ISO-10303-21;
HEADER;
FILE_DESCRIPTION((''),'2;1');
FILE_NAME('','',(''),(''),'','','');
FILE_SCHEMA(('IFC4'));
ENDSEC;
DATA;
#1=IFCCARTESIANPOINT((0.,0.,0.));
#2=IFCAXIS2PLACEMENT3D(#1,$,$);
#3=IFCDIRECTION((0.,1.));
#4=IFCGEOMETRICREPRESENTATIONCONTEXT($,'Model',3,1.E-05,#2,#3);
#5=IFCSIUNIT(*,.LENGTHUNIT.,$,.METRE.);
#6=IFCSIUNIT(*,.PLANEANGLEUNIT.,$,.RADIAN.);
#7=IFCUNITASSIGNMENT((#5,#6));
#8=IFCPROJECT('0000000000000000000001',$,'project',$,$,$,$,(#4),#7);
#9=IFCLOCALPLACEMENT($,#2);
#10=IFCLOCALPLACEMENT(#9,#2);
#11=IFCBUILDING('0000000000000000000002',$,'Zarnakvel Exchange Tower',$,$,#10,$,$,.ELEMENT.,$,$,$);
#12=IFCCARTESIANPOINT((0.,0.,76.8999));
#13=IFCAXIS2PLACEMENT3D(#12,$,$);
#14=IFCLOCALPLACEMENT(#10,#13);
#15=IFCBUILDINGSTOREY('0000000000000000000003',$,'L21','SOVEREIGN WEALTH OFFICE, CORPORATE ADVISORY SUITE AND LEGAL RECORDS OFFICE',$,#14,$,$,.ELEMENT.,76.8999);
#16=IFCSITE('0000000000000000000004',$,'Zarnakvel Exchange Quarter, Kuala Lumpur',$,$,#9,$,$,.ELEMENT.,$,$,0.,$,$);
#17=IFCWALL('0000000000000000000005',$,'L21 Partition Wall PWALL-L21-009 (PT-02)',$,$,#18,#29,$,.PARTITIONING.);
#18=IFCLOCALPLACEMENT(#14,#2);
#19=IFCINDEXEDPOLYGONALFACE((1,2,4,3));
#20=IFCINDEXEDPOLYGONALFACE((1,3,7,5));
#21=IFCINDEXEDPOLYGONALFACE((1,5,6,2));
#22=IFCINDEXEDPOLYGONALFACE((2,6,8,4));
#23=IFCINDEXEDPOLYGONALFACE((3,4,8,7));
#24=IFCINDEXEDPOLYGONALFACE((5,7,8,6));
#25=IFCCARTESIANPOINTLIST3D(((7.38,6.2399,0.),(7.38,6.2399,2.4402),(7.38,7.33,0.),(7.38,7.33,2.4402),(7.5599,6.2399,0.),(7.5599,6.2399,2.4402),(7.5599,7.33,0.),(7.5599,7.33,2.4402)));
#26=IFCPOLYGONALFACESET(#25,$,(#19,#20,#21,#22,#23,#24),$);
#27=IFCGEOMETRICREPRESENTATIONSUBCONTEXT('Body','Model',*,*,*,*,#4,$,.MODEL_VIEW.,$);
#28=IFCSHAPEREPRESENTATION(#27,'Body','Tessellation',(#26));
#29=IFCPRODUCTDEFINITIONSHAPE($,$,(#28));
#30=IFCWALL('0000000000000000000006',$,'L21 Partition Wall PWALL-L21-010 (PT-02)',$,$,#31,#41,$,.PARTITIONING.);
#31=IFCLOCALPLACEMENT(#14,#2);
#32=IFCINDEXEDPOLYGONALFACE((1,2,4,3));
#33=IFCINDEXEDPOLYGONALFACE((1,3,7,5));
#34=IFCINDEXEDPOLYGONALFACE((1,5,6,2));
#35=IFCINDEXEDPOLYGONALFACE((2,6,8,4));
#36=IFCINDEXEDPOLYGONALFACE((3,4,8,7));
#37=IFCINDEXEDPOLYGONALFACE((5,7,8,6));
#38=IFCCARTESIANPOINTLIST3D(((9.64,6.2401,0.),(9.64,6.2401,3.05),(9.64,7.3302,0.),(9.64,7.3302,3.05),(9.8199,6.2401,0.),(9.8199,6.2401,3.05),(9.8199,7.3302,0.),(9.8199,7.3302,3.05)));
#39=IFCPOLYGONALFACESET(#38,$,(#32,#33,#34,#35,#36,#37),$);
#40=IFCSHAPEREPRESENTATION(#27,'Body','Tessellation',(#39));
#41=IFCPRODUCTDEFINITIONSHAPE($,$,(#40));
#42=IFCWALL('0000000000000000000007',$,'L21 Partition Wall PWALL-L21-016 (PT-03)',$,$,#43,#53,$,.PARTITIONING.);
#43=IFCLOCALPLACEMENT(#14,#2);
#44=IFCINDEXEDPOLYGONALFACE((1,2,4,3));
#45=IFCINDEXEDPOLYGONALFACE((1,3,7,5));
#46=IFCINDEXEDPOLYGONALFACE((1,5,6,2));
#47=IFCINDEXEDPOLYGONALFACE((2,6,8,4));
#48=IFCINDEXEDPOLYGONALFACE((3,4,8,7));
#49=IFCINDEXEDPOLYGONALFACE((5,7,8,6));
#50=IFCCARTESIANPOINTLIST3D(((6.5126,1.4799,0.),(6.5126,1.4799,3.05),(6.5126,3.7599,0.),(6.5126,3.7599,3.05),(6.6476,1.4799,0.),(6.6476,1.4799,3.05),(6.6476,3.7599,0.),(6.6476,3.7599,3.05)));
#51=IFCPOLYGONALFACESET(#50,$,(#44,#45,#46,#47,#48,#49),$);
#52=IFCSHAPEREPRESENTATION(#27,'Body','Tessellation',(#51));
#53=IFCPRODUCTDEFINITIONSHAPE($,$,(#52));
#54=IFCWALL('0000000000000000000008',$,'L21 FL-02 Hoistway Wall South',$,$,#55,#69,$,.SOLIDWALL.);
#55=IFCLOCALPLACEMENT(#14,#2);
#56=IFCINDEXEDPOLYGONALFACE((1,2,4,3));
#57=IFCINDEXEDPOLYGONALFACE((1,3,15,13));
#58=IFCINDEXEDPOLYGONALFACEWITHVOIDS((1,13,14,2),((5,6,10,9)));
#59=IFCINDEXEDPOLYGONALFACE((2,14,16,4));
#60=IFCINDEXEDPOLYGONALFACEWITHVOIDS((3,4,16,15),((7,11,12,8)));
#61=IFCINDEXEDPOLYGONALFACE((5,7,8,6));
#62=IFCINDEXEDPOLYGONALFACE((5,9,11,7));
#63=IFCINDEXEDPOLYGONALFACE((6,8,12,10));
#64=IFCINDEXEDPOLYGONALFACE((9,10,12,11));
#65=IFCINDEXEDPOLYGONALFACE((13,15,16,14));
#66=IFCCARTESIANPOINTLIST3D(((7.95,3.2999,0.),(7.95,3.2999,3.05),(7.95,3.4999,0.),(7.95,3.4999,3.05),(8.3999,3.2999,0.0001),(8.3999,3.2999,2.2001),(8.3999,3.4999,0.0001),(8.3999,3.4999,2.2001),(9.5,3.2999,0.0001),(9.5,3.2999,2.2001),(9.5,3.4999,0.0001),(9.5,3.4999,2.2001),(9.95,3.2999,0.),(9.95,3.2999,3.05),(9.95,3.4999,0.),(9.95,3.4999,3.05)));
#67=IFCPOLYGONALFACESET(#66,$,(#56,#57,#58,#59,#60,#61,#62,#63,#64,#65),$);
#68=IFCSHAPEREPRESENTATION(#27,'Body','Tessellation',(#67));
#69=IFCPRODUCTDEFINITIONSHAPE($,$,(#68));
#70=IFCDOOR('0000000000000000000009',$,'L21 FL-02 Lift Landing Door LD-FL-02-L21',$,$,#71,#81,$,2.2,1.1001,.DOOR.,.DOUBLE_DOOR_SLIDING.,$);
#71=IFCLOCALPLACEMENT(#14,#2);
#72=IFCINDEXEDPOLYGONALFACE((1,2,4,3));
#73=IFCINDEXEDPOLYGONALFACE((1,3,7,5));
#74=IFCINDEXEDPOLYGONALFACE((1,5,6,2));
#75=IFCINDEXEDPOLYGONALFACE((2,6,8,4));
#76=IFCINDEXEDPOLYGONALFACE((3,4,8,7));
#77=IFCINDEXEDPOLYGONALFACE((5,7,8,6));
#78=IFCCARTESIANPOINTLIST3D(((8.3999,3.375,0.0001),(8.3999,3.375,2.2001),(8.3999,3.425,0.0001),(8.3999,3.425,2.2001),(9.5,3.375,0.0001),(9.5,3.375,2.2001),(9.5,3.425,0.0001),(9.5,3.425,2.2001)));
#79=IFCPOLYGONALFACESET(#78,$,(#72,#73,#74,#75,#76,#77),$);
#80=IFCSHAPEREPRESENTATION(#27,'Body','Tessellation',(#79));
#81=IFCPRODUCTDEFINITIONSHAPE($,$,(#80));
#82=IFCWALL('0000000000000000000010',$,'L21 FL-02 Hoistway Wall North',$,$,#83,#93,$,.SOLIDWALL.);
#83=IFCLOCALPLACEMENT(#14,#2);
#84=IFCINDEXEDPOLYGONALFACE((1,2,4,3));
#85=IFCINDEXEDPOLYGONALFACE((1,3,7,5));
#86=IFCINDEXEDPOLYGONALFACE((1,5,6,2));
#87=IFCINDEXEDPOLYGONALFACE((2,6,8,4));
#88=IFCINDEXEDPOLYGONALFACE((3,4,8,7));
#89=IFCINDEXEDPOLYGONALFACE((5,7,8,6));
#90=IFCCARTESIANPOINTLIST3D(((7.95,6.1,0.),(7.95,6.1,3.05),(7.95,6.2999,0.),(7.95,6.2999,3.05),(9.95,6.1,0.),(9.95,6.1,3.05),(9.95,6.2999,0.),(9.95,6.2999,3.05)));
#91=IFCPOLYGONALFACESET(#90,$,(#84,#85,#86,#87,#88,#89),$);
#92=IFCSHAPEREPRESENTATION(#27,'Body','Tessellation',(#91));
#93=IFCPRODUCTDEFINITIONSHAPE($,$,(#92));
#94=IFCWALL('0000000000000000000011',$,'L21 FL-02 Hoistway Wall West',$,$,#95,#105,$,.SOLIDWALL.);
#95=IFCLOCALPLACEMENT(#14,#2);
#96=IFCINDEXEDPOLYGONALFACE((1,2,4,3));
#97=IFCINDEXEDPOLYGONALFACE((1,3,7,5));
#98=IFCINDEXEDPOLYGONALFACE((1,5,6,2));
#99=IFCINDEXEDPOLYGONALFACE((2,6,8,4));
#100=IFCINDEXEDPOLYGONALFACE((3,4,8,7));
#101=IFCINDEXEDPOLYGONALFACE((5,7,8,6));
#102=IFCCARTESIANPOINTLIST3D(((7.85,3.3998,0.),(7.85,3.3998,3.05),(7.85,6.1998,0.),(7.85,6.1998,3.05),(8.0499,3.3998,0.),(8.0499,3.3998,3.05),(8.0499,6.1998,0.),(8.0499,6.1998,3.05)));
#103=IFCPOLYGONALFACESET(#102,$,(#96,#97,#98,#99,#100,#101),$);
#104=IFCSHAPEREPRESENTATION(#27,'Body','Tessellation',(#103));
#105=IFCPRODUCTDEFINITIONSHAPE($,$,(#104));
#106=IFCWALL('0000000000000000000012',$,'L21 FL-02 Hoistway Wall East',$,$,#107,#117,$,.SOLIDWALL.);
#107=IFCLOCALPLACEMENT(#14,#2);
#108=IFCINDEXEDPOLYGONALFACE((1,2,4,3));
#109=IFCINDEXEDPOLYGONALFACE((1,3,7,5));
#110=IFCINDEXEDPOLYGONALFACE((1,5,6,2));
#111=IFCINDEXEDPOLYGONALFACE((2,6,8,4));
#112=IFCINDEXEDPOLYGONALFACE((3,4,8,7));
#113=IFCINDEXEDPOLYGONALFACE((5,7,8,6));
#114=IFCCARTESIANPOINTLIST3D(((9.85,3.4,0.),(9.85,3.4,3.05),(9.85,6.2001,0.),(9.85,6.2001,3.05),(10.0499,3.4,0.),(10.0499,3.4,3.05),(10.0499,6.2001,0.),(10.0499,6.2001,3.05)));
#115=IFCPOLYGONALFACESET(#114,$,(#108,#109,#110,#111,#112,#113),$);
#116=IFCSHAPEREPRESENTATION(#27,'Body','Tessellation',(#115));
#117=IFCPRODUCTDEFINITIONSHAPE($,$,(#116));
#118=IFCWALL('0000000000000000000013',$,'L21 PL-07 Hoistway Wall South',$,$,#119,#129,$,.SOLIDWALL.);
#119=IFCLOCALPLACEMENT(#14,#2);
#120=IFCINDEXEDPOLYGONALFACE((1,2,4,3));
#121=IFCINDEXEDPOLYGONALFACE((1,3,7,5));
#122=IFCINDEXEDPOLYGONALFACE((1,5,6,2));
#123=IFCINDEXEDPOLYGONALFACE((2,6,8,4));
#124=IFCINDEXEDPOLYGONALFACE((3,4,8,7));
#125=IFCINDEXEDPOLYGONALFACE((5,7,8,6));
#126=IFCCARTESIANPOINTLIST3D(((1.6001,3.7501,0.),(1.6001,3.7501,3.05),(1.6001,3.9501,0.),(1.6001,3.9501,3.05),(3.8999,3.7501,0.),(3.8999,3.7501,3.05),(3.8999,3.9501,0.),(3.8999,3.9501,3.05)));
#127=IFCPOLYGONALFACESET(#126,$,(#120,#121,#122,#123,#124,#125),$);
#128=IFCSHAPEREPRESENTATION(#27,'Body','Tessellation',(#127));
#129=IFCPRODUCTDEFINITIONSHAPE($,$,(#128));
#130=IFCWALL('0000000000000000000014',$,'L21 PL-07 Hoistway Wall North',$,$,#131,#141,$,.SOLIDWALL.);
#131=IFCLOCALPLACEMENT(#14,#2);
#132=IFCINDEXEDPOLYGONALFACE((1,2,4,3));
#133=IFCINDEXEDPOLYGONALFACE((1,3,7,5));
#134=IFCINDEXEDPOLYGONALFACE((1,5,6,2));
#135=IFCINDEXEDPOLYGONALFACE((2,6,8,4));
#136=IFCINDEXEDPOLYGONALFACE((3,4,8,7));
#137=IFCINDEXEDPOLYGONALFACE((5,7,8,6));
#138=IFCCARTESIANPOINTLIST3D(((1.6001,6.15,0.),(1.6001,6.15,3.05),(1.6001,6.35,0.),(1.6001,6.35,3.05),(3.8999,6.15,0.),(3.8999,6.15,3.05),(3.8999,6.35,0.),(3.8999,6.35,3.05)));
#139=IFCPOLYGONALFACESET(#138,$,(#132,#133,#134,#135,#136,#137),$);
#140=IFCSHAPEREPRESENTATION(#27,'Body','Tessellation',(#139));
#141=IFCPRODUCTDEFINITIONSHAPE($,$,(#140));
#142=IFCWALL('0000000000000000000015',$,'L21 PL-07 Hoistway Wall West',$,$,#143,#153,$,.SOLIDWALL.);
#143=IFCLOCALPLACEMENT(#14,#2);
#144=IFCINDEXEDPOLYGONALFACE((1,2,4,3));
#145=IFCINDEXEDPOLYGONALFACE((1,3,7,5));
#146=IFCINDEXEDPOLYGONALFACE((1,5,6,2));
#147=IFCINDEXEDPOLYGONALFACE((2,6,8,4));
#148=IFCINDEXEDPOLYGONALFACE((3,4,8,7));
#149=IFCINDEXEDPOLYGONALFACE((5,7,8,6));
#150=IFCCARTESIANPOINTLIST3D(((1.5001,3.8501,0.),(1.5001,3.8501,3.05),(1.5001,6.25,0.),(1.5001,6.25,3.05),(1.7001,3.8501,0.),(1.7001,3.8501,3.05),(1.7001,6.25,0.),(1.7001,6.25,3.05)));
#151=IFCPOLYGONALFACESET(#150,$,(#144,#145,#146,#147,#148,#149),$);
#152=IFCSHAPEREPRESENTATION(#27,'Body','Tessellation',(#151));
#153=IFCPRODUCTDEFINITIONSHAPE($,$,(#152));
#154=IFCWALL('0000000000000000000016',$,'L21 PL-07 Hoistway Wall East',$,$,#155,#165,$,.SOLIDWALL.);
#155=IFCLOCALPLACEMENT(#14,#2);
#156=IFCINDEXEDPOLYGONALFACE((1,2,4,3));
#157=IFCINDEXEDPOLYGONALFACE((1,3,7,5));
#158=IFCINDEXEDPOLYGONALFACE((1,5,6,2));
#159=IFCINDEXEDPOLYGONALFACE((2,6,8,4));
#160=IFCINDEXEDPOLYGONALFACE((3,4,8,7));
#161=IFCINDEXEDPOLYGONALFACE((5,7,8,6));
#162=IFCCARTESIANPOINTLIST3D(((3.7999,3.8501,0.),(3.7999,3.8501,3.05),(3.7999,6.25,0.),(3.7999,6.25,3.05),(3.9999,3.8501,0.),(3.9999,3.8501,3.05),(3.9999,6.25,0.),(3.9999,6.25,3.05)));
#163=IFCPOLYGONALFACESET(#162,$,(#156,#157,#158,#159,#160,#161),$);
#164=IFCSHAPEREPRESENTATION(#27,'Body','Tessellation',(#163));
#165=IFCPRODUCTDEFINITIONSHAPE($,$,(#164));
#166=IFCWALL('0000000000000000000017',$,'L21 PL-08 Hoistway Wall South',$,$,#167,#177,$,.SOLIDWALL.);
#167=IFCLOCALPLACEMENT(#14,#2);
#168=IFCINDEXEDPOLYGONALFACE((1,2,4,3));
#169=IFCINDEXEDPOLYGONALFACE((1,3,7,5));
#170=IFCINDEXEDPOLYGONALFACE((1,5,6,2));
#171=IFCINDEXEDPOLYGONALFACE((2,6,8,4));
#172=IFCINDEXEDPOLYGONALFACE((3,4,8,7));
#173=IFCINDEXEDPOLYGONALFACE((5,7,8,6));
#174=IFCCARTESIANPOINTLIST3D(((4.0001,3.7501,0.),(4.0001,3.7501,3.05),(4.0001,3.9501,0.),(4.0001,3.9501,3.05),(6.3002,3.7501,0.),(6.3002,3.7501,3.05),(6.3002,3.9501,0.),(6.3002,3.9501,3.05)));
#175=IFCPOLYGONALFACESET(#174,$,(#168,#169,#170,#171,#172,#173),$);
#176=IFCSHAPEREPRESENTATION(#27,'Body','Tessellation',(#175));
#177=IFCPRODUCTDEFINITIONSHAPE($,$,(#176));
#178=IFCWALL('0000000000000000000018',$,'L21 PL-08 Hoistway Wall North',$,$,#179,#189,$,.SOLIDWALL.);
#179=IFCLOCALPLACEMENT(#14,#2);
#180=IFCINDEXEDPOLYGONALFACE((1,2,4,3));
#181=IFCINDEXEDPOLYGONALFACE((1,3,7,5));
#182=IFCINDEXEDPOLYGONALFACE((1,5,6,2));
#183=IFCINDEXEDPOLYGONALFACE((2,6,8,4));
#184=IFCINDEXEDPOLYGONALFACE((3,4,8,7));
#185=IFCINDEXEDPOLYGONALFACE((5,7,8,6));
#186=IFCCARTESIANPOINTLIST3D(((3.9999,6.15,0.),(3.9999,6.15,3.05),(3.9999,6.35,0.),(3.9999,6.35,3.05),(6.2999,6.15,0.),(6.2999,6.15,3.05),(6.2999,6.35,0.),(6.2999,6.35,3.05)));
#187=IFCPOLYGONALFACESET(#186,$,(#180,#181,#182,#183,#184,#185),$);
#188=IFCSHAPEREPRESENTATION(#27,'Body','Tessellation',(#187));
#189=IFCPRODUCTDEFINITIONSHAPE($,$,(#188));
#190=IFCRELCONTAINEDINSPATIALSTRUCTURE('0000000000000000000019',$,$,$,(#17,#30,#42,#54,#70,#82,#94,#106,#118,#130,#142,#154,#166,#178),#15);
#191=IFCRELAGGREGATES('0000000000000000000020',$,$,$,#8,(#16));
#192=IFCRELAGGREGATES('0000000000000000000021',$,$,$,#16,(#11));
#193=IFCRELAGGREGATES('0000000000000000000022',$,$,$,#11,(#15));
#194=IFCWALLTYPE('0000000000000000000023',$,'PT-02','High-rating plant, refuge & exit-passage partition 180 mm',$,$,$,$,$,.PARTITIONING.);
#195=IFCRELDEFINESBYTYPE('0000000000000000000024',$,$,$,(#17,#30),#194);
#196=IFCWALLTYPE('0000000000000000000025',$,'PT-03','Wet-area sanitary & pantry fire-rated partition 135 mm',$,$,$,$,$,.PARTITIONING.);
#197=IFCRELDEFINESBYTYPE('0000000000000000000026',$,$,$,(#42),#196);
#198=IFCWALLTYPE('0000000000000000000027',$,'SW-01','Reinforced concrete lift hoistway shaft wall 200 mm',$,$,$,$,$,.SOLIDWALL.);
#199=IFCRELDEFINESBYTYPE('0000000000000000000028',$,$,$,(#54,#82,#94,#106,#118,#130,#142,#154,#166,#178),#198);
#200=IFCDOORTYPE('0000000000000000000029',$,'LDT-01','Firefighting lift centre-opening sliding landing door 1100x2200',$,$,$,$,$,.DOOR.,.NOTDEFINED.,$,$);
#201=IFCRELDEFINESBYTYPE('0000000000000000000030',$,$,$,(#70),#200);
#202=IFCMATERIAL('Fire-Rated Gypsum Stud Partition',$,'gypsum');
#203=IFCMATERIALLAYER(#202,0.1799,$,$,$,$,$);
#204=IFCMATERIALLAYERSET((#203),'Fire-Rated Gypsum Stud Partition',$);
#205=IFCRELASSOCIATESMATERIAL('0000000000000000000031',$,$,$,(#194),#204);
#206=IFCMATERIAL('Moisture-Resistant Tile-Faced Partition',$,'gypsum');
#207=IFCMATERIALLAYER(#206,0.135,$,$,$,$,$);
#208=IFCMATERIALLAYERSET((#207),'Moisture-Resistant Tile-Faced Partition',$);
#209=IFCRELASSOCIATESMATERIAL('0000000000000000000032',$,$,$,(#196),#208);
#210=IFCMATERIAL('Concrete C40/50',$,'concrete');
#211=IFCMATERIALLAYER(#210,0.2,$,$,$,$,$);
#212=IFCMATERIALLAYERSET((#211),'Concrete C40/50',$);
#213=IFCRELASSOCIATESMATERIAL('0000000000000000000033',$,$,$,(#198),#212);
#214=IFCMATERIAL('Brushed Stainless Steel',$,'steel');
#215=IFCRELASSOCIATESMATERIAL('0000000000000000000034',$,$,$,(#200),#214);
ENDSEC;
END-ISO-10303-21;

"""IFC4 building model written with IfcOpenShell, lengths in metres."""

from ifc_helpers import new_model, si_unit, direction, frame, frame_2d, origin, place, context, subcontext, project, spatial, rectangle, extrude, source, transform, mapped, material, layer, layer_set, type_object, element, fill, save


model = new_model("IFC4")

# Units and contexts
model_context = context("Model", 3, precision=1e-05, world=origin(), true_north=direction((0.0, 1.0)))
body_context = subcontext(model_context, "Body", "Model", "MODEL_VIEW")
ifc_project = project(units=[si_unit("LENGTHUNIT", "METRE"), si_unit("PLANEANGLEUNIT", "RADIAN")], contexts=[model_context])

# Site, building, storey
site_placement = place(None, origin())
site = spatial("IfcSite", under=ifc_project, at=site_placement, Name="Zarnakvel Exchange Quarter, Kuala Lumpur", CompositionType="ELEMENT", RefElevation=0.0)
building_placement = place(site_placement, origin())
building = spatial("IfcBuilding", under=site, at=building_placement, Name="Zarnakvel Exchange Tower", CompositionType="ELEMENT")
storey_placement = place(building_placement, frame((0.0, 0.0, 76.8999)))
storey = spatial("IfcBuildingStorey", under=building, at=storey_placement, Name="L21", Description="SOVEREIGN WEALTH OFFICE, CORPORATE ADVISORY SUITE AND LEGAL RECORDS OFFICE", CompositionType="ELEMENT", Elevation=76.8999)

# Walls
ifc_material_1 = material(Name="Fire-Rated Gypsum Stud Partition", Category="gypsum")
ifc_layer_1 = layer(ifc_material_1, 0.1799)
ifc_layer_set_1 = layer_set([ifc_layer_1], Name="Fire-Rated Gypsum Stud Partition")
wall_type_1 = type_object("IfcWallType", Name="PT-02", Description="High-rating plant, refuge & exit-passage partition 180 mm", PredefinedType="PARTITIONING", material=ifc_layer_set_1)
wall_1_placement = place(storey_placement, frame((7.47, 6.24, 0.0), z_axis=(0.0, 0.0, 1.0), x_axis=(0.0, 1.0, 0.0)))
element("IfcWall", 1, at=wall_1_placement, inside=storey, type_object=wall_type_1, Name="L21 Partition Wall PWALL-L21-009 (PT-02)", PredefinedType="PARTITIONING", context=body_context, shape_type="SweptSolid", body=[
    extrude(rectangle(XDim=1.0901, YDim=0.1799, at=frame_2d((0.5449, 0.0))), origin(), (0.0, 0.0, 1.0), 2.4402),
])
wall_2_placement = place(storey_placement, frame((9.73, 7.3301, 0.0), z_axis=(0.0, 0.0, 1.0), x_axis=(0.0, -1.0, 0.0)))
element("IfcWall", 2, at=wall_2_placement, inside=storey, type_object=wall_type_1, Name="L21 Partition Wall PWALL-L21-010 (PT-02)", PredefinedType="PARTITIONING", context=body_context, shape_type="SweptSolid", body=[
    extrude(rectangle(XDim=1.0901, YDim=0.1799, at=frame_2d((0.5449, 0.0))), origin(), (0.0, 0.0, 1.0), 3.05),
])
ifc_material_2 = material(Name="Moisture-Resistant Tile-Faced Partition", Category="gypsum")
ifc_layer_2 = layer(ifc_material_2, 0.135)
ifc_layer_set_2 = layer_set([ifc_layer_2], Name="Moisture-Resistant Tile-Faced Partition")
wall_type_2 = type_object("IfcWallType", Name="PT-03", Description="Wet-area sanitary & pantry fire-rated partition 135 mm", PredefinedType="PARTITIONING", material=ifc_layer_set_2)
wall_3_placement = place(storey_placement, frame((6.5801, 3.76, 0.0), z_axis=(0.0, 0.0, 1.0), x_axis=(0.0, -1.0, 0.0)))
element("IfcWall", 3, at=wall_3_placement, inside=storey, type_object=wall_type_2, Name="L21 Partition Wall PWALL-L21-016 (PT-03)", PredefinedType="PARTITIONING", context=body_context, shape_type="SweptSolid", body=[
    extrude(rectangle(XDim=2.28, YDim=0.135, at=frame_2d((1.1401, 0.0))), origin(), (0.0, 0.0, 1.0), 3.05),
])

# Wall, opening, door
ifc_material_3 = material(Name="Concrete C40/50", Category="concrete")
ifc_layer_3 = layer(ifc_material_3, 0.2)
ifc_layer_set_3 = layer_set([ifc_layer_3], Name="Concrete C40/50")
wall_type_3 = type_object("IfcWallType", Name="SW-01", Description="Reinforced concrete lift hoistway shaft wall 200 mm", PredefinedType="SOLIDWALL", material=ifc_layer_set_3)
wall_4_placement = place(storey_placement, frame((9.95, 3.3999, 0.0), z_axis=(0.0, 0.0, 1.0), x_axis=(-1.0, 0.0, 0.0)))
wall_4 = element("IfcWall", 4, at=wall_4_placement, inside=storey, type_object=wall_type_3, Name="L21 FL-02 Hoistway Wall South", PredefinedType="SOLIDWALL", context=body_context, shape_type="SweptSolid", body=[
    extrude(rectangle(XDim=2.0, YDim=0.2, at=frame_2d((1.0, 0.0))), origin(), (0.0, 0.0, 1.0), 3.05),
])
opening_placement = place(wall_4_placement, frame((0.45, 0.0, 0.0)))
opening = element("IfcOpeningElement", 5, at=opening_placement, cuts=wall_4, PredefinedType="OPENING", context=body_context, shape_type="SweptSolid", body=[
    extrude(rectangle(XDim=1.1001, YDim=2.2, at=frame_2d((0.55, 1.1001))), frame((0.0, 0.1099, 0.0), z_axis=(0.0, -1.0, 0.0), x_axis=(1.0, 0.0, 0.0)), (0.0, 0.0, 1.0), 0.22),
])
ifc_material_4 = material(Name="Brushed Stainless Steel", Category="steel")
door_type = type_object("IfcDoorType", Name="LDT-01", Description="Firefighting lift centre-opening sliding landing door 1100x2200", OperationType="NOTDEFINED", PredefinedType="DOOR", material=ifc_material_4)
shared_shape_1 = source(origin(), body_context, "Body", "SweptSolid", [
    extrude(rectangle(XDim=1.1001, YDim=2.2, at=frame_2d((0.55, 1.1001))), frame((0.0, 0.0249, 0.0), z_axis=(0.0, -1.0, 0.0), x_axis=(1.0, 0.0, 0.0)), (0.0, 0.0, 1.0), 0.05),
])
door_placement = place(opening_placement, origin())
door = element("IfcDoor", 6, at=door_placement, inside=storey, type_object=door_type, Name="L21 FL-02 Lift Landing Door LD-FL-02-L21", OperationType="DOUBLE_DOOR_SLIDING", OverallHeight=2.2, OverallWidth=1.1001, PredefinedType="DOOR", context=body_context, shape_type="MappedRepresentation", body=[
    mapped(shared_shape_1, transform((0.0, 0.0, 0.0), x_axis=(1.0, 0.0, 0.0), y_axis=(0.0, 1.0, 0.0), z_axis=(0.0, 0.0, 1.0), scale=1.0)),
])
fill(opening, door)

# Walls
wall_5_placement = place(storey_placement, frame((7.95, 6.2, 0.0), z_axis=(0.0, 0.0, 1.0), x_axis=(1.0, 0.0, 0.0)))
element("IfcWall", 7, at=wall_5_placement, inside=storey, type_object=wall_type_3, Name="L21 FL-02 Hoistway Wall North", PredefinedType="SOLIDWALL", context=body_context, shape_type="SweptSolid", body=[
    extrude(rectangle(XDim=2.0, YDim=0.2, at=frame_2d((1.0, 0.0))), origin(), (0.0, 0.0, 1.0), 3.05),
])
for number, where, z_axis, x_axis, name in (
    (8, (7.95, 3.3999, 0.0), (0.0, 0.0, 1.0), (0.0, 1.0, 0.0), "L21 FL-02 Hoistway Wall West"),
    (9, (9.95, 6.2, 0.0), (0.0, 0.0, 1.0), (0.0, -1.0, 0.0), "L21 FL-02 Hoistway Wall East"),
):
    element("IfcWall", number, at=place(storey_placement, frame(where, z_axis=z_axis, x_axis=x_axis)), inside=storey, type_object=wall_type_3, Name=name, PredefinedType="SOLIDWALL", context=body_context, shape_type="SweptSolid", body=[
        extrude(rectangle(XDim=2.8, YDim=0.2, at=frame_2d((1.3999, 0.0))), origin(), (0.0, 0.0, 1.0), 3.05),
    ])
for number, where, z_axis, x_axis, name in (
    (10, (3.8999, 3.8501, 0.0), (0.0, 0.0, 1.0), (-1.0, 0.0, 0.0), "L21 PL-07 Hoistway Wall South"),
    (11, (1.6001, 6.25, 0.0), (0.0, 0.0, 1.0), (1.0, 0.0, 0.0), "L21 PL-07 Hoistway Wall North"),
):
    element("IfcWall", number, at=place(storey_placement, frame(where, z_axis=z_axis, x_axis=x_axis)), inside=storey, type_object=wall_type_3, Name=name, PredefinedType="SOLIDWALL", context=body_context, shape_type="SweptSolid", body=[
        extrude(rectangle(XDim=2.2998, YDim=0.2, at=frame_2d((1.1499, 0.0))), origin(), (0.0, 0.0, 1.0), 3.05),
    ])
for number, where, z_axis, x_axis, name in (
    (12, (1.6001, 3.8501, 0.0), (0.0, 0.0, 1.0), (0.0, 1.0, 0.0), "L21 PL-07 Hoistway Wall West"),
    (13, (3.8999, 6.25, 0.0), (0.0, 0.0, 1.0), (0.0, -1.0, 0.0), "L21 PL-07 Hoistway Wall East"),
):
    element("IfcWall", number, at=place(storey_placement, frame(where, z_axis=z_axis, x_axis=x_axis)), inside=storey, type_object=wall_type_3, Name=name, PredefinedType="SOLIDWALL", context=body_context, shape_type="SweptSolid", body=[
        extrude(rectangle(XDim=2.3999, YDim=0.2, at=frame_2d((1.2, 0.0))), origin(), (0.0, 0.0, 1.0), 3.05),
    ])
for number, where, z_axis, x_axis, name in (
    (14, (6.3, 3.8501, 0.0), (0.0, 0.0, 1.0), (-1.0, 0.0, 0.0), "L21 PL-08 Hoistway Wall South"),
    (15, (4.0, 6.25, 0.0), (0.0, 0.0, 1.0), (1.0, 0.0, 0.0), "L21 PL-08 Hoistway Wall North"),
):
    element("IfcWall", number, at=place(storey_placement, frame(where, z_axis=z_axis, x_axis=x_axis)), inside=storey, type_object=wall_type_3, Name=name, PredefinedType="SOLIDWALL", context=body_context, shape_type="SweptSolid", body=[
        extrude(rectangle(XDim=2.3, YDim=0.2, at=frame_2d((1.1499, 0.0))), origin(), (0.0, 0.0, 1.0), 3.05),
    ])

save(model, "model.ifc")
